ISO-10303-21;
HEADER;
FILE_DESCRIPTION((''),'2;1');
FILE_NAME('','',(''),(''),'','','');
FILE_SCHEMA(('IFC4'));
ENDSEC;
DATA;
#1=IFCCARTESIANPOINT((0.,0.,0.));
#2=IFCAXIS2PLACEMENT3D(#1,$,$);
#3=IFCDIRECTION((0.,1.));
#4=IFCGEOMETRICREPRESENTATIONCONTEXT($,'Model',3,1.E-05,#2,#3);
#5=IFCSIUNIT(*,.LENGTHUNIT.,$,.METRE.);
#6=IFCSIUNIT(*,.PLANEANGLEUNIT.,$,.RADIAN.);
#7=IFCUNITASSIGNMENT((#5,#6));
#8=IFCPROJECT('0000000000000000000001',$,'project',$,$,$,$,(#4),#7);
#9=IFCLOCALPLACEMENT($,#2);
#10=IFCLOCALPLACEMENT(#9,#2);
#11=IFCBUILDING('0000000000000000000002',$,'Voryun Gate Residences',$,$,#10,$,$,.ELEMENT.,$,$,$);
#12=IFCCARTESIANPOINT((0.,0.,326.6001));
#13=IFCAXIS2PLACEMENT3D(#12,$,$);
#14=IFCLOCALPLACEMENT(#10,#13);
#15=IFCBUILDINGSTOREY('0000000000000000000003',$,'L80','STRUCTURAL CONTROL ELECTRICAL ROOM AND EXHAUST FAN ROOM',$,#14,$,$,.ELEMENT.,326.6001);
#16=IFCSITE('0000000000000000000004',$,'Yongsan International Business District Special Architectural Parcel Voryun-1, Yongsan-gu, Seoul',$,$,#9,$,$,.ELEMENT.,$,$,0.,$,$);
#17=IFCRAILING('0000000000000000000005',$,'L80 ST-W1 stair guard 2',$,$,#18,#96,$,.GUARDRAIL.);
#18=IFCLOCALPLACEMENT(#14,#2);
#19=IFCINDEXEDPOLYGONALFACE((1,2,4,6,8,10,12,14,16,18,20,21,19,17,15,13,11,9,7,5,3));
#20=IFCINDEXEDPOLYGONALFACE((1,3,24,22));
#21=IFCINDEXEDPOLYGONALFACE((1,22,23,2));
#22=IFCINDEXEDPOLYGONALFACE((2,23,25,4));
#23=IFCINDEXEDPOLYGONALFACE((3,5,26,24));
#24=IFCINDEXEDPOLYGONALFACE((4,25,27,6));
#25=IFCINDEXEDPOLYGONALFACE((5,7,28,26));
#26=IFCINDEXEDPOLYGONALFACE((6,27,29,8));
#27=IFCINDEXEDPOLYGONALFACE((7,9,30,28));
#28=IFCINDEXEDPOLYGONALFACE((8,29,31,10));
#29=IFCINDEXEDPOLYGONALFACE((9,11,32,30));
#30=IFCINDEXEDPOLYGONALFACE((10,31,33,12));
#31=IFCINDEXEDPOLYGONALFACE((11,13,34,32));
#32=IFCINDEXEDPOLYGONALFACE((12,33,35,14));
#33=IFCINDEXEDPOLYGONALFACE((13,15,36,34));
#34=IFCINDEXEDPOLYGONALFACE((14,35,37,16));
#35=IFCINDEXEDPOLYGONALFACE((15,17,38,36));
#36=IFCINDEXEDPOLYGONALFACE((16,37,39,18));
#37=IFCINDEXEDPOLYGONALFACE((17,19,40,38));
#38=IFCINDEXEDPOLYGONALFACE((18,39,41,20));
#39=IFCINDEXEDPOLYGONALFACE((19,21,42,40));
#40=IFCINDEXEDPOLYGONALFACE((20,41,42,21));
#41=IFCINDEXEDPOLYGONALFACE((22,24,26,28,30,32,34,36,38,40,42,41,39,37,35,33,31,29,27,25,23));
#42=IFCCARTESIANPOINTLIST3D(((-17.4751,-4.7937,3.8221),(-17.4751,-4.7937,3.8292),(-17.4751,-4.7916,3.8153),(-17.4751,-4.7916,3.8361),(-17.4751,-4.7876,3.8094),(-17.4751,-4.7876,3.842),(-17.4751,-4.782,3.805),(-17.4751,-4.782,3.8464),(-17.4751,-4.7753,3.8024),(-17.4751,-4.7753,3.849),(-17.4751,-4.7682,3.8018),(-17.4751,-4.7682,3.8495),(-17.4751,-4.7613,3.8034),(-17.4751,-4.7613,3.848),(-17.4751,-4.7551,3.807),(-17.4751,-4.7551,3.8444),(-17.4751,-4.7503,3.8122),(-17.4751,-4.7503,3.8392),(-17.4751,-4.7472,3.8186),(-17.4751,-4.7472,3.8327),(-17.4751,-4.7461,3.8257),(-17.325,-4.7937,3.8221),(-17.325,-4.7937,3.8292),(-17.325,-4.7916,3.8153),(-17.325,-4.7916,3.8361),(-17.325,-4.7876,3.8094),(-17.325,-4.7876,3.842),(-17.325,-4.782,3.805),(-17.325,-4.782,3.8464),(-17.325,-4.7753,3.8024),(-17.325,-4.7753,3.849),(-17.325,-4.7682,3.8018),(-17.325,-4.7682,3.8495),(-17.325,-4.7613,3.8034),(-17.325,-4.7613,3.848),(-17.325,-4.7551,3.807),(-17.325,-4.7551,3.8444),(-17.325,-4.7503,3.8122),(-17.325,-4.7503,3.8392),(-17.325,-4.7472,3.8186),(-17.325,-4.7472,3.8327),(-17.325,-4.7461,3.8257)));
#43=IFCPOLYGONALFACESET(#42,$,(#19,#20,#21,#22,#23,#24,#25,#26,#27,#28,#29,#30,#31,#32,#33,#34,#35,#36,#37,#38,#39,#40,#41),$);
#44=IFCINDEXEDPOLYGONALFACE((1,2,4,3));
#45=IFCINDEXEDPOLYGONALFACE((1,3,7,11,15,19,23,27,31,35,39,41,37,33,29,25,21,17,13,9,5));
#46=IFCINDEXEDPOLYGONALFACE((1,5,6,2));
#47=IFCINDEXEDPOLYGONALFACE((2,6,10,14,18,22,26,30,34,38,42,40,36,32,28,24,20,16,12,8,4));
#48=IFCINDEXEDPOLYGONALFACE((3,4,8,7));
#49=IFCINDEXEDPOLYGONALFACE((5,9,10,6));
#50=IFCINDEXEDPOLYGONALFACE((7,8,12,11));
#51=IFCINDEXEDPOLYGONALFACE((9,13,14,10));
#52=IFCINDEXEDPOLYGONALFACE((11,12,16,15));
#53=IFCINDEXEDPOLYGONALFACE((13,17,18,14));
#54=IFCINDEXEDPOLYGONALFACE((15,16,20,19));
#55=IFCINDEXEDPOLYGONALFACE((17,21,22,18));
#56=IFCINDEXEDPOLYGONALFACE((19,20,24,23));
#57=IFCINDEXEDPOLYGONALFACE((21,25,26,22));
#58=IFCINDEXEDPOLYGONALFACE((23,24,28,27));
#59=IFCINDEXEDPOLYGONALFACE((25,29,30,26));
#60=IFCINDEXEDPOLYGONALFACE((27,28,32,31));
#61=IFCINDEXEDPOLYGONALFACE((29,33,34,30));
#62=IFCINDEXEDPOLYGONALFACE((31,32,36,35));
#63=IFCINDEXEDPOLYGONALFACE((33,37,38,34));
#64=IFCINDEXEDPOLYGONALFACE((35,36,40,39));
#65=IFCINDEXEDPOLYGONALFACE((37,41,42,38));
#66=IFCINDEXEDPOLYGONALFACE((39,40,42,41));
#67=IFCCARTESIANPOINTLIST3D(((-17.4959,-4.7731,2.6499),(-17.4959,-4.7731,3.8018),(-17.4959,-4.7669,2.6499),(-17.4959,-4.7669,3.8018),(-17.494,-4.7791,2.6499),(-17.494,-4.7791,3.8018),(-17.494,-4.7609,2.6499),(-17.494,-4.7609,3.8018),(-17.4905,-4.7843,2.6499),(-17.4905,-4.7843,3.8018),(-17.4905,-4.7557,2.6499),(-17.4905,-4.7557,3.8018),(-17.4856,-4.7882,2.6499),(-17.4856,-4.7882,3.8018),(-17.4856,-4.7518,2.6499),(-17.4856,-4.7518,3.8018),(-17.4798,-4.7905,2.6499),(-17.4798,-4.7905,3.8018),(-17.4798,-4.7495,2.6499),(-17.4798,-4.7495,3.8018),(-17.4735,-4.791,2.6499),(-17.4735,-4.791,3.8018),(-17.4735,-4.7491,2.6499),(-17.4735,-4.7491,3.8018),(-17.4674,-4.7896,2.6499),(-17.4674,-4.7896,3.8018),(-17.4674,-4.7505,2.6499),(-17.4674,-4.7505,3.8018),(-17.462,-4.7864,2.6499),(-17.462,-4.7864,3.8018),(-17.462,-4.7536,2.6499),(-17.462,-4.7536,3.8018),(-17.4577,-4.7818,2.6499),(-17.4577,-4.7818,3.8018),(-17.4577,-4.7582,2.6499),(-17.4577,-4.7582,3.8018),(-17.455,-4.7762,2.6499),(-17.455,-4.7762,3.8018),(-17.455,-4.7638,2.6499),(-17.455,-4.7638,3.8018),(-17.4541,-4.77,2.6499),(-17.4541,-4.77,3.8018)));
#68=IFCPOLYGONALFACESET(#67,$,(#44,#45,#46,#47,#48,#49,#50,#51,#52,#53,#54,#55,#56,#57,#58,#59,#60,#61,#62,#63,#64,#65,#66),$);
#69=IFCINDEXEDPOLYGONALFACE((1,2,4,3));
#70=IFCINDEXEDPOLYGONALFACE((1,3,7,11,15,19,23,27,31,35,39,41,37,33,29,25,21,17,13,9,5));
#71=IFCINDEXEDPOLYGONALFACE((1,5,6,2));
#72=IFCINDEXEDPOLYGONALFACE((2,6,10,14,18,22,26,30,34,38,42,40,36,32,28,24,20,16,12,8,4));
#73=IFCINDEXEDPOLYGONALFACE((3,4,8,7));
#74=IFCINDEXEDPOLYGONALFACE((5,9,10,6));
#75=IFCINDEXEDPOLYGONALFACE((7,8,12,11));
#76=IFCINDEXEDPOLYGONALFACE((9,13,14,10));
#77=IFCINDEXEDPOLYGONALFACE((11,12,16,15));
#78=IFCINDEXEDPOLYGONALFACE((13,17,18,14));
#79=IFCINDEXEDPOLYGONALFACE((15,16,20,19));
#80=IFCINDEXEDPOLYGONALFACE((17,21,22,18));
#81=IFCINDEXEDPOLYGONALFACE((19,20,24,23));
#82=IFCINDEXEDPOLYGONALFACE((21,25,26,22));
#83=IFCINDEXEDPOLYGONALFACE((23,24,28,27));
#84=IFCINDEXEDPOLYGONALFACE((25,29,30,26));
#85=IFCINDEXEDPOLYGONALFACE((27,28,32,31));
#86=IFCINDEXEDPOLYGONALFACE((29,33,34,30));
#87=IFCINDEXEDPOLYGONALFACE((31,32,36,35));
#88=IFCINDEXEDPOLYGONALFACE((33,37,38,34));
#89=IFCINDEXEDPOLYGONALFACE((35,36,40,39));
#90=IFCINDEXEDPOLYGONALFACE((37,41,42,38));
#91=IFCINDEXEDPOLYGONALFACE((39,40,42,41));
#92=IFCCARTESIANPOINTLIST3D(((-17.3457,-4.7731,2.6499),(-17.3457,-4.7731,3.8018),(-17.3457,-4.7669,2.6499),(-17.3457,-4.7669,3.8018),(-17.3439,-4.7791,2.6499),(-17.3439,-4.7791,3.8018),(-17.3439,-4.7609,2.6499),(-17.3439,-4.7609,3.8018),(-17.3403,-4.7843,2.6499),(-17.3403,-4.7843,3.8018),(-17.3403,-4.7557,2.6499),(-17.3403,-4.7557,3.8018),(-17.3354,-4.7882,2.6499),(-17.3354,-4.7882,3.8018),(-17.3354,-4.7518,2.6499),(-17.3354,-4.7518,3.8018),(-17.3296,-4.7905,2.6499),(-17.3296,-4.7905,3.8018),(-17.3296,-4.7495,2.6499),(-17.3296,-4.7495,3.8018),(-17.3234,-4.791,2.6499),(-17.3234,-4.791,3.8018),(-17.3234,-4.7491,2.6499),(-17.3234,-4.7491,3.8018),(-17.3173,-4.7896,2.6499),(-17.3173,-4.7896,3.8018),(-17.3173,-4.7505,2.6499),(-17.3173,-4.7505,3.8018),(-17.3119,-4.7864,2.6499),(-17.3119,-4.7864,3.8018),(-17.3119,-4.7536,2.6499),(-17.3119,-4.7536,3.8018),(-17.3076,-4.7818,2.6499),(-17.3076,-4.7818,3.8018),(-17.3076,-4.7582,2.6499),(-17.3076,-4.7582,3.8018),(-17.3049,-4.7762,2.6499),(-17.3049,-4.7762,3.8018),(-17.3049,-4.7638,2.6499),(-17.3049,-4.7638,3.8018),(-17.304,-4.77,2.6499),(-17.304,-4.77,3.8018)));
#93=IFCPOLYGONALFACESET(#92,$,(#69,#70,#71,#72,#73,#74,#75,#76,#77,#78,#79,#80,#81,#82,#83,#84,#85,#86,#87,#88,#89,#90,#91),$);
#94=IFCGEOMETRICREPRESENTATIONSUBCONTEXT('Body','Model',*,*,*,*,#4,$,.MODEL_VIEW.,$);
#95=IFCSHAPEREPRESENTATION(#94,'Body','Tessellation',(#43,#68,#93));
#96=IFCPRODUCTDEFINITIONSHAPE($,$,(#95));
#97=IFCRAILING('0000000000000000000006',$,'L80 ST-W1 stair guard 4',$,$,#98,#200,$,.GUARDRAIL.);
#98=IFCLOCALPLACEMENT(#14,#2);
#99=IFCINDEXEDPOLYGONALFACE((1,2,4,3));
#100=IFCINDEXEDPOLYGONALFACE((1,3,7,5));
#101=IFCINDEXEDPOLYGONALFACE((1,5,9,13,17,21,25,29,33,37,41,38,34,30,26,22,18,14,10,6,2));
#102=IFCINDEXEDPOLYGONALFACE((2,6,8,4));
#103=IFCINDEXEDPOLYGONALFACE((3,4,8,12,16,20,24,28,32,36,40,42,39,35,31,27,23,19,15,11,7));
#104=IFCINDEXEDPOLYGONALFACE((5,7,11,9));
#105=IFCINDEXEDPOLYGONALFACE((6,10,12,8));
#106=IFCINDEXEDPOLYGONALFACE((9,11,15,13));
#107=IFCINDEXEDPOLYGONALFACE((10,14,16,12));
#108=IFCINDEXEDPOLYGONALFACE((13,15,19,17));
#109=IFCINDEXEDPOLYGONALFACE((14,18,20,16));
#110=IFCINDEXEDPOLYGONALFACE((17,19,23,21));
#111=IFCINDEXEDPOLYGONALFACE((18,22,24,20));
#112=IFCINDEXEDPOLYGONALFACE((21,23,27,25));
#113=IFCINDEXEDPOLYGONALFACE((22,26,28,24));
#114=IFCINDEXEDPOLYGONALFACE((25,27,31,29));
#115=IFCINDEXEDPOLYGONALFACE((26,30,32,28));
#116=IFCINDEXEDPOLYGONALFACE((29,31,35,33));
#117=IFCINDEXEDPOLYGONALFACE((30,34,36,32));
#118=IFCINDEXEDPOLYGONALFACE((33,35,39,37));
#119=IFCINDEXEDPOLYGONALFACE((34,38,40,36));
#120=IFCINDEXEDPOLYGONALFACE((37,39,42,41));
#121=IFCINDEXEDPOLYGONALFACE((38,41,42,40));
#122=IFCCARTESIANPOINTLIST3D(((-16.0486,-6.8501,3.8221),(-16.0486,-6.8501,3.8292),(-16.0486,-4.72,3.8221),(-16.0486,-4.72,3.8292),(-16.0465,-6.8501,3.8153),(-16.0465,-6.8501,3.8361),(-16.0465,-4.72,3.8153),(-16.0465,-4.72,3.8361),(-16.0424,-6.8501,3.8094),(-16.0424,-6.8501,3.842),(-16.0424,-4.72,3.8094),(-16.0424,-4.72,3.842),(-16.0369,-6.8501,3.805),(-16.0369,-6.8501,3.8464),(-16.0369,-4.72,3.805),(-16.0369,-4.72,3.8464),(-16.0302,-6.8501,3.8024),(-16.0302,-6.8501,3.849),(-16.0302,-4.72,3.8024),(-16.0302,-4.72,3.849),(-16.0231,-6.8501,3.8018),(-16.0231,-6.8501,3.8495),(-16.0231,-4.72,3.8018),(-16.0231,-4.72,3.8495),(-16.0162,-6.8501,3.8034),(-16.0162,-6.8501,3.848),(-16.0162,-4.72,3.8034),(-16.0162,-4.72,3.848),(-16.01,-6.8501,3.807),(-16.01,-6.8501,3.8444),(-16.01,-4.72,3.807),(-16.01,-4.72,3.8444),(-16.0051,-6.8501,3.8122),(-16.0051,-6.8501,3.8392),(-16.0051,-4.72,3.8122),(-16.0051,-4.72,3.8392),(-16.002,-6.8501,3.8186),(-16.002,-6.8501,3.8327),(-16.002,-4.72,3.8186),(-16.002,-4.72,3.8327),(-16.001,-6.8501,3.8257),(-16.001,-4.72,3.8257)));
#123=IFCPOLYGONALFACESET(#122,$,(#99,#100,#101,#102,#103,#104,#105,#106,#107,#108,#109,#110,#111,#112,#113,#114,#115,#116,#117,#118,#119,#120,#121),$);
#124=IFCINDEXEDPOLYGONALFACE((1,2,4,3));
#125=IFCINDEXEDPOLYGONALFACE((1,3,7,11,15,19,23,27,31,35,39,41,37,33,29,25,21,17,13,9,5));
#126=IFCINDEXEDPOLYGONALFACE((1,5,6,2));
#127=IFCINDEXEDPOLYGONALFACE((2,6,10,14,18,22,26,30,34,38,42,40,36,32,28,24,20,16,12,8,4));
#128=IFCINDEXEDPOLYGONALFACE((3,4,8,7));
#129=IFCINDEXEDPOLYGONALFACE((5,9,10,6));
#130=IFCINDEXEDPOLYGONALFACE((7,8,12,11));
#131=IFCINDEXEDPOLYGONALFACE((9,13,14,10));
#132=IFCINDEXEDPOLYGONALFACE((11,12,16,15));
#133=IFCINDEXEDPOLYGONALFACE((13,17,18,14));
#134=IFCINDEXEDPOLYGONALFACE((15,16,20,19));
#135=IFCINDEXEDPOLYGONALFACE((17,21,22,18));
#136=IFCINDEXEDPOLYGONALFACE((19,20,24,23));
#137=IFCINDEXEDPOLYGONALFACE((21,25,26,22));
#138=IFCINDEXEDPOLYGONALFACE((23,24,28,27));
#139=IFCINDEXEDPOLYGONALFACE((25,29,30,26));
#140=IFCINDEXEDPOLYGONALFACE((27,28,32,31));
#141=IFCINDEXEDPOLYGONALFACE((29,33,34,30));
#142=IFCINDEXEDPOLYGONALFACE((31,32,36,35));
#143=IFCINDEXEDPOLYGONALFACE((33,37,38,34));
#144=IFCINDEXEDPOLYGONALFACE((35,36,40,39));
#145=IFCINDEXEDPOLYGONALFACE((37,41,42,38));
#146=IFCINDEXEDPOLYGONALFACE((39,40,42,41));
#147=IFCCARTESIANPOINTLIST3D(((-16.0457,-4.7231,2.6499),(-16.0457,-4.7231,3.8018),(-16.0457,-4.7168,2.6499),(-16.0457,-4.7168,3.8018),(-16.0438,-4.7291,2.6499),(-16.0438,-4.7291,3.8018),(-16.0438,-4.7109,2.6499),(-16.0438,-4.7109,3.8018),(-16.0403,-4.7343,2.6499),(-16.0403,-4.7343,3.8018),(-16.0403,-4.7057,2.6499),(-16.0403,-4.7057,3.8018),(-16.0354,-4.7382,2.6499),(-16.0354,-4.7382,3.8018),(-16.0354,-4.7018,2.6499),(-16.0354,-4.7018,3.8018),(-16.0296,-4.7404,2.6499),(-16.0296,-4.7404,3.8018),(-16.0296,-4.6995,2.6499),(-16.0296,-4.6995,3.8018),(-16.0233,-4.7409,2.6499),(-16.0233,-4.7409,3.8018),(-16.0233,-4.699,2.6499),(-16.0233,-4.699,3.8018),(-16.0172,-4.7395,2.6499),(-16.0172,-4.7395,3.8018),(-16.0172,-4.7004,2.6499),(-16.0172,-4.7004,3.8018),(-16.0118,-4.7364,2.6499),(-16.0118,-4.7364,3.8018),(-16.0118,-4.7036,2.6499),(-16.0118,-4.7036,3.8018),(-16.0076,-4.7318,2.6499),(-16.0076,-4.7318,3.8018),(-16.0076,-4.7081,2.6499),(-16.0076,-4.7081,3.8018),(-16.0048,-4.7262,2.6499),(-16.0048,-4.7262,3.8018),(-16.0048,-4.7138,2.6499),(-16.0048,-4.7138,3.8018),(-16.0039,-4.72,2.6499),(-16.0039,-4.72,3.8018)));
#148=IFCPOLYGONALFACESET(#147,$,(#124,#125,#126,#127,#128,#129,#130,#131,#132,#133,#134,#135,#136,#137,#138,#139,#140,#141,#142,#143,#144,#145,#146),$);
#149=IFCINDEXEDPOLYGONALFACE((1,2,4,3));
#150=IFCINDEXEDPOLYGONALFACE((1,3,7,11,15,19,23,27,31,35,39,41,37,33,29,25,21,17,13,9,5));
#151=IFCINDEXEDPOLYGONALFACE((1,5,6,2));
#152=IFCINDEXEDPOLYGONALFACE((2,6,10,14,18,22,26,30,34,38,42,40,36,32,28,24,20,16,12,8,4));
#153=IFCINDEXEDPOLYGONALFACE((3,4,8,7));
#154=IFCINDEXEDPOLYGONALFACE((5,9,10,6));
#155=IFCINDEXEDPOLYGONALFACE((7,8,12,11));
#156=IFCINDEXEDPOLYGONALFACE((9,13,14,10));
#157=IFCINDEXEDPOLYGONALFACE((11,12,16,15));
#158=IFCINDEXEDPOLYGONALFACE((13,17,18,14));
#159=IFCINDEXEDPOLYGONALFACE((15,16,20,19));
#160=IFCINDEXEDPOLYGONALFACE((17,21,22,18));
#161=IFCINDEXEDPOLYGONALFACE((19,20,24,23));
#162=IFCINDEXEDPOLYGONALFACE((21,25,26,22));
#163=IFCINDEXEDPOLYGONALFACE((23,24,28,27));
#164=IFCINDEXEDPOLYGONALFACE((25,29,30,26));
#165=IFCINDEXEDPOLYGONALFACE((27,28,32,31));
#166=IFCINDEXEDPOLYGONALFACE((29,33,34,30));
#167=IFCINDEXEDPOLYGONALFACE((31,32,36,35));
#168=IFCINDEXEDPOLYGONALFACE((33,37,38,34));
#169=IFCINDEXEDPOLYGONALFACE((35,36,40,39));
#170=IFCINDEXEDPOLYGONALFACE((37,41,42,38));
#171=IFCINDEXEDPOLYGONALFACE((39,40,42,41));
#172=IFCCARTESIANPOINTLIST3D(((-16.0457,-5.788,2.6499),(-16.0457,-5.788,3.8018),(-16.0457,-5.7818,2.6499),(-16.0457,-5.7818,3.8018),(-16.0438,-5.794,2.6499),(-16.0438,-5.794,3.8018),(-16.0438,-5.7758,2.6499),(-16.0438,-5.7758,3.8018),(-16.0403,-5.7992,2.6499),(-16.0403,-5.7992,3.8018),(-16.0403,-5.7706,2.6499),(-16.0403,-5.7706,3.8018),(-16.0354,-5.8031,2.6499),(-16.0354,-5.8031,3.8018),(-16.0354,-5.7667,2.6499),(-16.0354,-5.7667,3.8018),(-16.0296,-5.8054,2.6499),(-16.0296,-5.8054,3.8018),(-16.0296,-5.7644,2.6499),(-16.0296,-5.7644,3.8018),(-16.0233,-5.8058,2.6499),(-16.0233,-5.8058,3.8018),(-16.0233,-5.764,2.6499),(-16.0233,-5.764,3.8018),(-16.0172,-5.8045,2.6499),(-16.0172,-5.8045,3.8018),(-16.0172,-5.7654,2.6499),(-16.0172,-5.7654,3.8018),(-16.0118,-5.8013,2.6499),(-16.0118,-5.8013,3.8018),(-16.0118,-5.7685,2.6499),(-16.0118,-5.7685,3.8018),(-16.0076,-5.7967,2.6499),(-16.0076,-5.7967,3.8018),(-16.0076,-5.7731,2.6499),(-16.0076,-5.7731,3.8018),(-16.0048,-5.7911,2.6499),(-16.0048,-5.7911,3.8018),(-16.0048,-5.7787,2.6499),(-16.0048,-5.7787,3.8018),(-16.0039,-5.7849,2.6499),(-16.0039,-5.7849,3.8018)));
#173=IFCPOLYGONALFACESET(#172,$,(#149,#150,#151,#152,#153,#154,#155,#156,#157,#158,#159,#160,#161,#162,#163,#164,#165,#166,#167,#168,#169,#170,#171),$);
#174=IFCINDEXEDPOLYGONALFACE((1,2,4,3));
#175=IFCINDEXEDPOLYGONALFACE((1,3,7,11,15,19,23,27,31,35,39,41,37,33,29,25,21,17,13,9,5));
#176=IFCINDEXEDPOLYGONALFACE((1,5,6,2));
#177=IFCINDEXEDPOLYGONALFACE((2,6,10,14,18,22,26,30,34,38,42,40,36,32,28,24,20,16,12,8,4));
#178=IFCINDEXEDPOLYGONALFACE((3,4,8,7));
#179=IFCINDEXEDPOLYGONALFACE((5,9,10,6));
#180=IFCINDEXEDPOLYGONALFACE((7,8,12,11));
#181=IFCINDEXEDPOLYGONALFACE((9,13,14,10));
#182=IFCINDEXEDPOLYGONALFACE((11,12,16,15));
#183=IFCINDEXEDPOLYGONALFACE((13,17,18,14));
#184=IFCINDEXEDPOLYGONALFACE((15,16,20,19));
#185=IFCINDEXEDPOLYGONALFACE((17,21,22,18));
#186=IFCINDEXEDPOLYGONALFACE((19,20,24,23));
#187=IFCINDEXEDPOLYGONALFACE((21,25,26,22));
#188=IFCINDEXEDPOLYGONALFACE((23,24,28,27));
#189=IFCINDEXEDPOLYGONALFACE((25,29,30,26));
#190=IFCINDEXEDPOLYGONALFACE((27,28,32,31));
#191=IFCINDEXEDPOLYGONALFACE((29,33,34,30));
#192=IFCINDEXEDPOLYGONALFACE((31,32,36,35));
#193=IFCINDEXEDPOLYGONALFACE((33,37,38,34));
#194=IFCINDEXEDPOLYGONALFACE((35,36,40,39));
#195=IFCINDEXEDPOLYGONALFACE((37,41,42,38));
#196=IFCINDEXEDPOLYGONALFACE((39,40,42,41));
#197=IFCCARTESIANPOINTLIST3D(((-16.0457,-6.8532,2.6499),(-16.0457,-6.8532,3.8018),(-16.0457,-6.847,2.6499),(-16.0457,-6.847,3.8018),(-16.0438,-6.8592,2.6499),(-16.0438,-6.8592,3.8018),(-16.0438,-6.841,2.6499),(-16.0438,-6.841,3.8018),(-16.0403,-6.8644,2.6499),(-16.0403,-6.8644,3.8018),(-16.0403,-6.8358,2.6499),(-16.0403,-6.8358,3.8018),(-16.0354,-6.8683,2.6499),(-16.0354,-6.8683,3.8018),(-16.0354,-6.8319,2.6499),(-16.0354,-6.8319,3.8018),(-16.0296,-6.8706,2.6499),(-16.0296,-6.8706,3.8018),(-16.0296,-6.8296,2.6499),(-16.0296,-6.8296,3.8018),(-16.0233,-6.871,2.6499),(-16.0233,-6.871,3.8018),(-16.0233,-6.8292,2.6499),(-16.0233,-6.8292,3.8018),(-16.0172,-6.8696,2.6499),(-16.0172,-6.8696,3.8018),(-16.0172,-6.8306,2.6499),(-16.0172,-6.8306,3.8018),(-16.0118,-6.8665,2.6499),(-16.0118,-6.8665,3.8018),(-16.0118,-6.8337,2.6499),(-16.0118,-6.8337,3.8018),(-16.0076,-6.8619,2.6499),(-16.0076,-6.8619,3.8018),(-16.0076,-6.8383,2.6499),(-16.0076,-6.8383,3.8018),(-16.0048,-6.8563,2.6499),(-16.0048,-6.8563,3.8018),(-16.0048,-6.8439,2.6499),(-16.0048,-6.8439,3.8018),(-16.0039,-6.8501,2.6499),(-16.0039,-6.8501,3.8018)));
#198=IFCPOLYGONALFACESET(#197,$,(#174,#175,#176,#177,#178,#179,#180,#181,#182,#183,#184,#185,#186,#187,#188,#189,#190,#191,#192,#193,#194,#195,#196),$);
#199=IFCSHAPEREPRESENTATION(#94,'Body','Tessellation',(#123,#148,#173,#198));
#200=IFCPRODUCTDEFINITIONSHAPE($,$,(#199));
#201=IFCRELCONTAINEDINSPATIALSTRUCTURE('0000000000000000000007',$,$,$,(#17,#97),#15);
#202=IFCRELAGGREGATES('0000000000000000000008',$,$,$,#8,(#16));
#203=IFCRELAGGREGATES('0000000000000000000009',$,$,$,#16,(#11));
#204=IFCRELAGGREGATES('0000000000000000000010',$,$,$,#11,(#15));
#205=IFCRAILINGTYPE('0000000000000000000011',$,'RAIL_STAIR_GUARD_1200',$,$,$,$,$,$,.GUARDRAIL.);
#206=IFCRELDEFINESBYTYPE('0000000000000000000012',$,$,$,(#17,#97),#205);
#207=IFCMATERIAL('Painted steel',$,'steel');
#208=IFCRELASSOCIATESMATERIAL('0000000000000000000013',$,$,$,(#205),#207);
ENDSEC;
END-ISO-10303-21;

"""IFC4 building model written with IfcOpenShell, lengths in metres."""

from ifc_helpers import new_model, si_unit, direction, frame, origin, origin_2d, place, context, subcontext, project, spatial, circle, extrude, material, type_object, element, save


model = new_model("IFC4")

# Units and contexts
model_context = context("Model", 3, precision=1e-05, world=origin(), true_north=direction((0.0, 1.0)))
body_context = subcontext(model_context, "Body", "Model", "MODEL_VIEW")
ifc_project = project(units=[si_unit("LENGTHUNIT", "METRE"), si_unit("PLANEANGLEUNIT", "RADIAN")], contexts=[model_context])

# Site, building, storey
site_placement = place(None, origin())
site = spatial("IfcSite", under=ifc_project, at=site_placement, Name="Yongsan International Business District Special Architectural Parcel Voryun-1, Yongsan-gu, Seoul", CompositionType="ELEMENT", RefElevation=0.0)
building_placement = place(site_placement, origin())
building = spatial("IfcBuilding", under=site, at=building_placement, Name="Voryun Gate Residences", CompositionType="ELEMENT")
storey_placement = place(building_placement, frame((0.0, 0.0, 326.6001)))
storey = spatial("IfcBuildingStorey", under=building, at=storey_placement, Name="L80", Description="STRUCTURAL CONTROL ELECTRICAL ROOM AND EXHAUST FAN ROOM", CompositionType="ELEMENT", Elevation=326.6001)

# Railings
ifc_material_1 = material(Name="Painted steel", Category="steel")
railing_type_1 = type_object("IfcRailingType", Name="RAIL_STAIR_GUARD_1200", PredefinedType="GUARDRAIL", material=ifc_material_1)
railing_1_placement = place(storey_placement, frame((-17.4751, -4.77, 2.6499)))
element("IfcRailing", 1, at=railing_1_placement, inside=storey, type_object=railing_type_1, Name="L80 ST-W1 stair guard 2", PredefinedType="GUARDRAIL", context=body_context, shape_type="SweptSolid", body=[
    extrude(circle(Radius=0.0239, at=origin_2d()), frame((0.0, 0.0, 1.1758), z_axis=(1.0, 0.0, 0.0), x_axis=(0.0, 1.0, 0.0)), (0.0, 0.0, 1.0), 0.1501),
    extrude(circle(Radius=0.021, at=origin_2d()), origin(), (0.0, 0.0, 1.0), 1.1519),
    extrude(circle(Radius=0.021, at=origin_2d()), frame((0.1501, 0.0, 0.0)), (0.0, 0.0, 1.0), 1.1519),
])
railing_2_placement = place(storey_placement, frame((-16.0249, -4.72, 2.6499)))
element("IfcRailing", 2, at=railing_2_placement, inside=storey, type_object=railing_type_1, Name="L80 ST-W1 stair guard 4", PredefinedType="GUARDRAIL", context=body_context, shape_type="SweptSolid", body=[
    extrude(circle(Radius=0.0239, at=origin_2d()), frame((0.0, 0.0, 1.1758), z_axis=(0.0, -1.0, 0.0), x_axis=(1.0, 0.0, 0.0)), (0.0, 0.0, 1.0), 2.1301),
    extrude(circle(Radius=0.021, at=origin_2d()), origin(), (0.0, 0.0, 1.0), 1.1519),
    extrude(circle(Radius=0.021, at=origin_2d()), frame((0.0, -1.0649, 0.0)), (0.0, 0.0, 1.0), 1.1519),
    extrude(circle(Radius=0.021, at=origin_2d()), frame((0.0, -2.1301, 0.0)), (0.0, 0.0, 1.0), 1.1519),
])

save(model, "model.ifc")
